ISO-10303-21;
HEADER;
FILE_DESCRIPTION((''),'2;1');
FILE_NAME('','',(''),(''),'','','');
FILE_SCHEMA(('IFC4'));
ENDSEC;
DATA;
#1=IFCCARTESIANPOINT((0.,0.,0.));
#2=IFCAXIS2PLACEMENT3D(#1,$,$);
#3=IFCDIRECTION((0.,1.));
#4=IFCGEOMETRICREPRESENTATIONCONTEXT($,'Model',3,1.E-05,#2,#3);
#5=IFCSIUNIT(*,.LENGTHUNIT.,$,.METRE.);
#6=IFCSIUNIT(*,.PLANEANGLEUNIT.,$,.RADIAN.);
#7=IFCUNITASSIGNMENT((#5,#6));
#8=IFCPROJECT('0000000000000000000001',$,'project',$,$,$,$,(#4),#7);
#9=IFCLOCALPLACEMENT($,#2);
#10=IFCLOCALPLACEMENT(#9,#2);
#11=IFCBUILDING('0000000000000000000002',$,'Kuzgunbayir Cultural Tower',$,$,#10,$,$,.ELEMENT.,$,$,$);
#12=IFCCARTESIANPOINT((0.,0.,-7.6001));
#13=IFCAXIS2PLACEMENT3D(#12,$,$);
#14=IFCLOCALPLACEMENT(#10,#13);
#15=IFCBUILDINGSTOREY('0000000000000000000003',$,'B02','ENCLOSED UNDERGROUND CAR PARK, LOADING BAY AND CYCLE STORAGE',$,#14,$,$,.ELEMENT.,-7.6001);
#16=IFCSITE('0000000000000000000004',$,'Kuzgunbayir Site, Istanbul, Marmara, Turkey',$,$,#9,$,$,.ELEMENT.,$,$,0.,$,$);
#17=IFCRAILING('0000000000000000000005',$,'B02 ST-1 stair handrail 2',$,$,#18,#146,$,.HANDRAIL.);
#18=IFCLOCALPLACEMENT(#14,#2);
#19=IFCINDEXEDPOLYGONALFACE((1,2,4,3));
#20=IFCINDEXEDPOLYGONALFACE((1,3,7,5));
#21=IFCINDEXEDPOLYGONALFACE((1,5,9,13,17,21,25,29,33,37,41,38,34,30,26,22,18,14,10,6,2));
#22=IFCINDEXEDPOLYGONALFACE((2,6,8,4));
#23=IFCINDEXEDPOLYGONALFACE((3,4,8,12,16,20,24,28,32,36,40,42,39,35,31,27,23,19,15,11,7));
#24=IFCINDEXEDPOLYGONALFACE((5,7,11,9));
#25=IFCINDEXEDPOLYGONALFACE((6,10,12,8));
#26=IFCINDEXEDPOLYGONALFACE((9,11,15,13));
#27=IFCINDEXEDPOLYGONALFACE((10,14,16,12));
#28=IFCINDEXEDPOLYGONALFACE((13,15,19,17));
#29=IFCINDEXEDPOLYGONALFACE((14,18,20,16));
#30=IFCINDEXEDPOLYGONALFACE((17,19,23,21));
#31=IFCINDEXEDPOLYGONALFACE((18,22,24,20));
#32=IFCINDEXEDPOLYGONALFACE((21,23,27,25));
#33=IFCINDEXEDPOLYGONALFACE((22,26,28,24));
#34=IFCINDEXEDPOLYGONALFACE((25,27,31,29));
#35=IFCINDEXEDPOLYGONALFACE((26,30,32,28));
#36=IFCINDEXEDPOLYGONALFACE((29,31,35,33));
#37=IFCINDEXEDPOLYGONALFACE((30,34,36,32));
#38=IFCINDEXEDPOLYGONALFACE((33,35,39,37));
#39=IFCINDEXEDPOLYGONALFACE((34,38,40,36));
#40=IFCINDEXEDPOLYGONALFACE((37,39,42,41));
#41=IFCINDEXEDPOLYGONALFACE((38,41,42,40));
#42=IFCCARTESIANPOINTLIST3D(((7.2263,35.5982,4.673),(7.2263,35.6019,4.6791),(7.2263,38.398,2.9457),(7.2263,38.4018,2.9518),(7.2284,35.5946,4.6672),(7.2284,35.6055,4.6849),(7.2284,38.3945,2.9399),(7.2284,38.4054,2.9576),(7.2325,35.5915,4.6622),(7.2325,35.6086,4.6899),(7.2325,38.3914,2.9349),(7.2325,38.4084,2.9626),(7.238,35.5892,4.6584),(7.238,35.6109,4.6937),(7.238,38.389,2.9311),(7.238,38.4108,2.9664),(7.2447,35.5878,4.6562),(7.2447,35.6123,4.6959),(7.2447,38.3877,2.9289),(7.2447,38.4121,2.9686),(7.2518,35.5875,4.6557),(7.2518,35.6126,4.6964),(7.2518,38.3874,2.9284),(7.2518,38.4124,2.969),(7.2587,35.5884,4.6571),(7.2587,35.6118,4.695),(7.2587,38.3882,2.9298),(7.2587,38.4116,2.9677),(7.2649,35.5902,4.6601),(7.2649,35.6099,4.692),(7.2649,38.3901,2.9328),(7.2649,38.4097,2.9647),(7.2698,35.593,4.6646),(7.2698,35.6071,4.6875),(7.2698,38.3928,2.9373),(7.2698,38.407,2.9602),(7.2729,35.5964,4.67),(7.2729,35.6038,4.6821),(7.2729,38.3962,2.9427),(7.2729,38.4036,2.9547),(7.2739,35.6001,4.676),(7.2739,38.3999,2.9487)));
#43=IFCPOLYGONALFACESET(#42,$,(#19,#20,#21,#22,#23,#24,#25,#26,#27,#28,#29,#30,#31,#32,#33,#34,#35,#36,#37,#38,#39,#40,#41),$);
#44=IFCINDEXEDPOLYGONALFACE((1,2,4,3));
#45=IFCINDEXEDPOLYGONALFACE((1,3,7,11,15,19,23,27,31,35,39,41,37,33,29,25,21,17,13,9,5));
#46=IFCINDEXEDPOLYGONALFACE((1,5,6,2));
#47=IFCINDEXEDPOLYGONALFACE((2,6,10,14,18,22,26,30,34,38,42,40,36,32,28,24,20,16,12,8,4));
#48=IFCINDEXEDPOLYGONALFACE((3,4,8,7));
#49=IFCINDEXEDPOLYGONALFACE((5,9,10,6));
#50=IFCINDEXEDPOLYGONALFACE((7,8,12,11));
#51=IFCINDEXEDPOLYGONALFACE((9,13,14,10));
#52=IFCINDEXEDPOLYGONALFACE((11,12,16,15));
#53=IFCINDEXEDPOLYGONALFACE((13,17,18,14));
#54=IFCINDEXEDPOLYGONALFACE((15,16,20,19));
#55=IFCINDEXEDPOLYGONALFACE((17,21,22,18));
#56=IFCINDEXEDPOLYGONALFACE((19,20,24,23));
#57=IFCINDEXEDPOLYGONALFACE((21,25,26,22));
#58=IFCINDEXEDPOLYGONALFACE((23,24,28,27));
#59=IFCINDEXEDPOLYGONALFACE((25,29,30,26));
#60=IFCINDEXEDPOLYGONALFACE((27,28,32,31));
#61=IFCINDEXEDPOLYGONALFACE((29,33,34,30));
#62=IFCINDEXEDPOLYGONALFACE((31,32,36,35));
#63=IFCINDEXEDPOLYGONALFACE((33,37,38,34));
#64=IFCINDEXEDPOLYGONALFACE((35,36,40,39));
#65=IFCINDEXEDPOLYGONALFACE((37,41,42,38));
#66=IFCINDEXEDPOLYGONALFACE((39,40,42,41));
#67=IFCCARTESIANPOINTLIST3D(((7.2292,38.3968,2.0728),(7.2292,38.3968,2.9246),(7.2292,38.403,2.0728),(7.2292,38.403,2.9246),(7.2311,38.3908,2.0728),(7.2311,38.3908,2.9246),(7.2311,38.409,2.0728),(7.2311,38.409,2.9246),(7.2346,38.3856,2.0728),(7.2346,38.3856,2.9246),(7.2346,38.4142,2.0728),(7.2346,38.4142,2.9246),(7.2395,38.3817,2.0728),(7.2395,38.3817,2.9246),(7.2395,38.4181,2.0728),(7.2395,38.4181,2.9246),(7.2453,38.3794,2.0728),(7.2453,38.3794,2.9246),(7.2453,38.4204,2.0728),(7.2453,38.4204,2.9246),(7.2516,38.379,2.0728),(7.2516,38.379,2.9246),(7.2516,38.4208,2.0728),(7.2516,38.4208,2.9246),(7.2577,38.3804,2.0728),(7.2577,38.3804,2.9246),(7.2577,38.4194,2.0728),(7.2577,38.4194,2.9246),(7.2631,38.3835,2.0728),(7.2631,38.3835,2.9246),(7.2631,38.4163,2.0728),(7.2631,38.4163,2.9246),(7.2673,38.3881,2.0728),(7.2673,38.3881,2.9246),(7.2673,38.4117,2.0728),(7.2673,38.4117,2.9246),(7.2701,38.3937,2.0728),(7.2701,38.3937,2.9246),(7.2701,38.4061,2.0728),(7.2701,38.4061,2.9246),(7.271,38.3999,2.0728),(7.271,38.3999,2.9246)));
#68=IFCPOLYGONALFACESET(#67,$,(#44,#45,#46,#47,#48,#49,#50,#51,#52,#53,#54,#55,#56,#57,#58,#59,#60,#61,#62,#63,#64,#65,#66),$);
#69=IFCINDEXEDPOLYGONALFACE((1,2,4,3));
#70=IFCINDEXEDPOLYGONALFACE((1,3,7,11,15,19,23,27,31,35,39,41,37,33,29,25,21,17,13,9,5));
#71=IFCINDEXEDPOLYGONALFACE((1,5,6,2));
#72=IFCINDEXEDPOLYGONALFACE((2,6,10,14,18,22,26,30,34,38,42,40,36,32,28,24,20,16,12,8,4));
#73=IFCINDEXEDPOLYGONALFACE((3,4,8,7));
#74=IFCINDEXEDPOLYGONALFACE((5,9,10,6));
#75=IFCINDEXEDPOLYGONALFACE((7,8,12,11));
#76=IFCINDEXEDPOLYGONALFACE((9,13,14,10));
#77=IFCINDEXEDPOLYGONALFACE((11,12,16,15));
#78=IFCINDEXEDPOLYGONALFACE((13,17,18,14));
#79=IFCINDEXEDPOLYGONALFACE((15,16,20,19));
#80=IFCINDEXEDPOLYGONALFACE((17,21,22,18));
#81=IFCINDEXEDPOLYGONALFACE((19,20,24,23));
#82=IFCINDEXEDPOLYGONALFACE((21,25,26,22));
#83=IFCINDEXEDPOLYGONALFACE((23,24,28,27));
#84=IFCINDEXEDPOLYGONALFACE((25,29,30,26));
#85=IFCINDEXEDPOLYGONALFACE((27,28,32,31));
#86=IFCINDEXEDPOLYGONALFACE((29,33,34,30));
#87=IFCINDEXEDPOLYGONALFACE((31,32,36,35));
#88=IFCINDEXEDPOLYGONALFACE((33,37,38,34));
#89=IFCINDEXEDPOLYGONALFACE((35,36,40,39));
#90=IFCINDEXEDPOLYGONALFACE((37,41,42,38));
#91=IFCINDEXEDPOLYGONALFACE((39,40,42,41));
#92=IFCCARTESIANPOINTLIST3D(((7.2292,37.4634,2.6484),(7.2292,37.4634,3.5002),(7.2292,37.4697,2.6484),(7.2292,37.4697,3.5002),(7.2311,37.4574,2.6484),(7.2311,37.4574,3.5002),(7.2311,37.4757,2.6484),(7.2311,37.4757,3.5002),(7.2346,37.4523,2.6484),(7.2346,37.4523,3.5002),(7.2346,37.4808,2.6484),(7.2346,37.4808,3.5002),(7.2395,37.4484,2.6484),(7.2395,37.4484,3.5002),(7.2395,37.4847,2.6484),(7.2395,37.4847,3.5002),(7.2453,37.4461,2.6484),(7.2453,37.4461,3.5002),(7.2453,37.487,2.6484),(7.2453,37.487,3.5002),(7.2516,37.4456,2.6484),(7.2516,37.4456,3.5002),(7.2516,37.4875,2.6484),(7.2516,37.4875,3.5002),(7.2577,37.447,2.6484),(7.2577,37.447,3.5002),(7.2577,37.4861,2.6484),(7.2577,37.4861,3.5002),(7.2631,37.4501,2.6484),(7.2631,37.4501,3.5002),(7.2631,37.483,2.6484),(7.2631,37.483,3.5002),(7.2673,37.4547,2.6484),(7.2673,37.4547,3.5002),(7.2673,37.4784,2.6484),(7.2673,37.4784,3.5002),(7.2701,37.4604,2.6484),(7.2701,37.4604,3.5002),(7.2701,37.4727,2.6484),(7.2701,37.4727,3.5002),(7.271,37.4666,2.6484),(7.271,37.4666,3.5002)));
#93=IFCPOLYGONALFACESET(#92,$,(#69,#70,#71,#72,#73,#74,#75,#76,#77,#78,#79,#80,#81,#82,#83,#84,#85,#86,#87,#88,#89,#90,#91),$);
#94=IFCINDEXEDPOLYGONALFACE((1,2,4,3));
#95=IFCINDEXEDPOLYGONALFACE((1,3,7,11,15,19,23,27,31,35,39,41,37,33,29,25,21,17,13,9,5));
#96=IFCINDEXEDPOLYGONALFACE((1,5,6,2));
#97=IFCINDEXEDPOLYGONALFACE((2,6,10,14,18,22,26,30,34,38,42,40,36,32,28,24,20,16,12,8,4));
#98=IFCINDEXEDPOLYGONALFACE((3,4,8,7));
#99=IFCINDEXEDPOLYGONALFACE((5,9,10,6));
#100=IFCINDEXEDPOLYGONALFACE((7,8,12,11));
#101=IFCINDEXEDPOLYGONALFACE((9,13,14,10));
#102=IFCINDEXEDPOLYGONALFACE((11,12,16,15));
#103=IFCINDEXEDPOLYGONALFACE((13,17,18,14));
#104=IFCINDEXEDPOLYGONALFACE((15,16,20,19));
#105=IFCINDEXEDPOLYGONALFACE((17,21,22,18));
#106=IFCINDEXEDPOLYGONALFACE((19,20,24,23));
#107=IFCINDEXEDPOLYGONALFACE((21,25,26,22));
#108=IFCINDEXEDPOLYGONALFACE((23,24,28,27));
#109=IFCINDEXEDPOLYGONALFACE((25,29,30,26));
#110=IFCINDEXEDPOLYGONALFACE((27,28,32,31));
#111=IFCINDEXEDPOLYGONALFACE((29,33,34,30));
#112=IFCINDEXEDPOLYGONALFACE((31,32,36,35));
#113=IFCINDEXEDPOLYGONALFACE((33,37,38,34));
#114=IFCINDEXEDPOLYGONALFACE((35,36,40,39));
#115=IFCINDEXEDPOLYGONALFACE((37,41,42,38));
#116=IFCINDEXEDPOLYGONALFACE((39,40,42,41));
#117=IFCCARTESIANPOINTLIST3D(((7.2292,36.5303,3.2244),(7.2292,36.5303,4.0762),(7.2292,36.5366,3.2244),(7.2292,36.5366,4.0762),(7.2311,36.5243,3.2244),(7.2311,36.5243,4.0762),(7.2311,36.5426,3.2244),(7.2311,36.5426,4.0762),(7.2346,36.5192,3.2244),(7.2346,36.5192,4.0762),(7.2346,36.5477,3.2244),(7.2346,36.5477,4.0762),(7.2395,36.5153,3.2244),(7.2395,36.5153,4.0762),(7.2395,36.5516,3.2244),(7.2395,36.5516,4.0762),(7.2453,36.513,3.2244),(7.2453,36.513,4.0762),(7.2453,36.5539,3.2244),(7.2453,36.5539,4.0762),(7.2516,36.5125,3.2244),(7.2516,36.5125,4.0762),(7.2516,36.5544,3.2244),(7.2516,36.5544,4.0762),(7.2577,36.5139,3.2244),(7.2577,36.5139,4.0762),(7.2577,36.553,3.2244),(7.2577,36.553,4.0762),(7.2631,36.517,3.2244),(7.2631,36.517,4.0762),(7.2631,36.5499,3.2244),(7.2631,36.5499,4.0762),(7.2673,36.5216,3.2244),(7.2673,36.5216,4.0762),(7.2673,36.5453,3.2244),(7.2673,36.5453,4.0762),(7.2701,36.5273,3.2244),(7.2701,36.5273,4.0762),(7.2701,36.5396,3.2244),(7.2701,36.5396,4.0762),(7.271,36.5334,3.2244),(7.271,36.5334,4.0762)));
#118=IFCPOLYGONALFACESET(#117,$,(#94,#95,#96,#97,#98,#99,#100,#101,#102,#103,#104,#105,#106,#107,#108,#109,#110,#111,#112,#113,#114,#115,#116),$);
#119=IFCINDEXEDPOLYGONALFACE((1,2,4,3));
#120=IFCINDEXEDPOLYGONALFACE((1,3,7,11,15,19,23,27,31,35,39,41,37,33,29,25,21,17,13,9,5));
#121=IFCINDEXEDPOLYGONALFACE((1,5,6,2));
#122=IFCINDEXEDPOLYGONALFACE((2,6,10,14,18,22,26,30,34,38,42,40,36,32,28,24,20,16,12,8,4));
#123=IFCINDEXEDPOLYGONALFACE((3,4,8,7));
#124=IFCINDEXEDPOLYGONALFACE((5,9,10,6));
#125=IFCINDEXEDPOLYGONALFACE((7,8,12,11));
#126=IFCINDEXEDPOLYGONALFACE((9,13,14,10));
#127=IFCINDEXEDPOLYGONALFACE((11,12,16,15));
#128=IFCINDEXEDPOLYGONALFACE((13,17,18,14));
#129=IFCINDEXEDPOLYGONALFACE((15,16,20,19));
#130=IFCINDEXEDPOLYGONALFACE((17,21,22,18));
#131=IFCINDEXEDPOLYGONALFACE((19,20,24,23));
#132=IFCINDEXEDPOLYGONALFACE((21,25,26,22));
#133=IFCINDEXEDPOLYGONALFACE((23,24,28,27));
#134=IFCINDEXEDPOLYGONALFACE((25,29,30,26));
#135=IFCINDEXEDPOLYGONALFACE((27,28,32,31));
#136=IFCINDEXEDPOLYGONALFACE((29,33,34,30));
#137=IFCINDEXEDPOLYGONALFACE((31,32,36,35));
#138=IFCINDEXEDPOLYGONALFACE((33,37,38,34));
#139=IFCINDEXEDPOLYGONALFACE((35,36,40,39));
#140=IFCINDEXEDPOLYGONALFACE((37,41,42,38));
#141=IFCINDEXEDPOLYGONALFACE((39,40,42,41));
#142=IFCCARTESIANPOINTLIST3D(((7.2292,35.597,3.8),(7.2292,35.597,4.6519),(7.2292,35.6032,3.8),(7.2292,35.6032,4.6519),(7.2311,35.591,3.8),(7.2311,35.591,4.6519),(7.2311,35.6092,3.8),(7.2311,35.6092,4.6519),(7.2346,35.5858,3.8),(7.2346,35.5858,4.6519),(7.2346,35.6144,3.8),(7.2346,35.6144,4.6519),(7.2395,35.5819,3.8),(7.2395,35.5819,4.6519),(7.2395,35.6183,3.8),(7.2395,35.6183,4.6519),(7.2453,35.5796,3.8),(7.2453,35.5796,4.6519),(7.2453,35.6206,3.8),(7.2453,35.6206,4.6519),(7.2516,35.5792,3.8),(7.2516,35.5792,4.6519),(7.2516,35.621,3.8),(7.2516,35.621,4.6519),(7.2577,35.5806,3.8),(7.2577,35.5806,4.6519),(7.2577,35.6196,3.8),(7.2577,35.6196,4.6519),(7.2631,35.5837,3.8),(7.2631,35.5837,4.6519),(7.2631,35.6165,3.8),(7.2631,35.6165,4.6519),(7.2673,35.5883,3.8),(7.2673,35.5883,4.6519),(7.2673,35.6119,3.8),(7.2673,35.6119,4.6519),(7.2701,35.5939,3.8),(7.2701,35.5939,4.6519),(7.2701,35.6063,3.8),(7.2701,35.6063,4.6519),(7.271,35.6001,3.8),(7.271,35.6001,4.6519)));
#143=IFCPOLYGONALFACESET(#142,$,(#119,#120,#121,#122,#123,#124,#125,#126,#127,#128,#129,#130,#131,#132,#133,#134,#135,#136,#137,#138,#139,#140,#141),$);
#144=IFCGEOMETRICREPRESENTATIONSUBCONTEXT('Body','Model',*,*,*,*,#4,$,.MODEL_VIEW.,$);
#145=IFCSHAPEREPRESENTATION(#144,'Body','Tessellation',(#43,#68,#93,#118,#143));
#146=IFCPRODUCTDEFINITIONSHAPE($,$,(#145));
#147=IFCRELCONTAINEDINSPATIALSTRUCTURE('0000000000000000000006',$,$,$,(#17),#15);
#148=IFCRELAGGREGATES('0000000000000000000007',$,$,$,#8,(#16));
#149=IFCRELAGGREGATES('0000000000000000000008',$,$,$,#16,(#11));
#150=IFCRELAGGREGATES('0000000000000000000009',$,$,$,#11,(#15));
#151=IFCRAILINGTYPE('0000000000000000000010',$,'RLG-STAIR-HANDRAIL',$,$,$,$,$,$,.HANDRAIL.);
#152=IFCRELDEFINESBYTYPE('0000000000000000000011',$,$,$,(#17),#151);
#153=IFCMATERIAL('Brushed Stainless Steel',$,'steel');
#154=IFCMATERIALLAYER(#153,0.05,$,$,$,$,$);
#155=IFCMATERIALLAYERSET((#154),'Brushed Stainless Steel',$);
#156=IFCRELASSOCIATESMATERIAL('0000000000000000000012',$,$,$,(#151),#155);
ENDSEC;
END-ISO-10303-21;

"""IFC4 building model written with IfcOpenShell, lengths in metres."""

from ifc_helpers import new_model, si_unit, direction, frame, origin, origin_2d, place, context, subcontext, project, spatial, circle, extrude, material, layer, layer_set, type_object, element, save


model = new_model("IFC4")

# Units and contexts
model_context = context("Model", 3, precision=1e-05, world=origin(), true_north=direction((0.0, 1.0)))
body_context = subcontext(model_context, "Body", "Model", "MODEL_VIEW")
ifc_project = project(units=[si_unit("LENGTHUNIT", "METRE"), si_unit("PLANEANGLEUNIT", "RADIAN")], contexts=[model_context])

# Site, building, storey
site_placement = place(None, origin())
site = spatial("IfcSite", under=ifc_project, at=site_placement, Name="Kuzgunbayir Site, Istanbul, Marmara, Turkey", CompositionType="ELEMENT", RefElevation=0.0)
building_placement = place(site_placement, origin())
building = spatial("IfcBuilding", under=site, at=building_placement, Name="Kuzgunbayir Cultural Tower", CompositionType="ELEMENT")
storey_placement = place(building_placement, frame((0.0, 0.0, -7.6001)))
storey = spatial("IfcBuildingStorey", under=building, at=storey_placement, Name="B02", Description="ENCLOSED UNDERGROUND CAR PARK, LOADING BAY AND CYCLE STORAGE", CompositionType="ELEMENT", Elevation=-7.6001)

# Shared definitions
ifc_material_1 = material(Name="Brushed Stainless Steel", Category="steel")

# Railing
ifc_layer_1 = layer(ifc_material_1, 0.05)
ifc_layer_set_1 = layer_set([ifc_layer_1], Name="Brushed Stainless Steel")
railing_type_1 = type_object("IfcRailingType", Name="RLG-STAIR-HANDRAIL", PredefinedType="HANDRAIL", material=ifc_layer_set_1)
railing_1_placement = place(storey_placement, frame((7.25, 38.3999, 2.0728)))
element("IfcRailing", 1, at=railing_1_placement, inside=storey, type_object=railing_type_1, Name="B02 ST-1 stair handrail 2", PredefinedType="HANDRAIL", context=body_context, shape_type="SweptSolid", body=[
    extrude(circle(Radius=0.0239, at=origin_2d()), frame((0.0, 0.0, 0.876), z_axis=(0.0, -0.851069, 0.525054), x_axis=(1.0, 0.0, 0.0)), (0.0, 0.0, 1.0), 3.2898),
    extrude(circle(Radius=0.021, at=origin_2d()), origin(), (0.0, 0.0, 1.0), 0.8518),
    extrude(circle(Radius=0.021, at=origin_2d()), frame((0.0, -0.9333, 0.5757)), (0.0, 0.0, 1.0), 0.8518),
    extrude(circle(Radius=0.021, at=origin_2d()), frame((0.0, -1.8665, 1.1516)), (0.0, 0.0, 1.0), 0.8518),
    extrude(circle(Radius=0.021, at=origin_2d()), frame((0.0, -2.7998, 1.7273)), (0.0, 0.0, 1.0), 0.8518),
])

save(model, "model.ifc")
